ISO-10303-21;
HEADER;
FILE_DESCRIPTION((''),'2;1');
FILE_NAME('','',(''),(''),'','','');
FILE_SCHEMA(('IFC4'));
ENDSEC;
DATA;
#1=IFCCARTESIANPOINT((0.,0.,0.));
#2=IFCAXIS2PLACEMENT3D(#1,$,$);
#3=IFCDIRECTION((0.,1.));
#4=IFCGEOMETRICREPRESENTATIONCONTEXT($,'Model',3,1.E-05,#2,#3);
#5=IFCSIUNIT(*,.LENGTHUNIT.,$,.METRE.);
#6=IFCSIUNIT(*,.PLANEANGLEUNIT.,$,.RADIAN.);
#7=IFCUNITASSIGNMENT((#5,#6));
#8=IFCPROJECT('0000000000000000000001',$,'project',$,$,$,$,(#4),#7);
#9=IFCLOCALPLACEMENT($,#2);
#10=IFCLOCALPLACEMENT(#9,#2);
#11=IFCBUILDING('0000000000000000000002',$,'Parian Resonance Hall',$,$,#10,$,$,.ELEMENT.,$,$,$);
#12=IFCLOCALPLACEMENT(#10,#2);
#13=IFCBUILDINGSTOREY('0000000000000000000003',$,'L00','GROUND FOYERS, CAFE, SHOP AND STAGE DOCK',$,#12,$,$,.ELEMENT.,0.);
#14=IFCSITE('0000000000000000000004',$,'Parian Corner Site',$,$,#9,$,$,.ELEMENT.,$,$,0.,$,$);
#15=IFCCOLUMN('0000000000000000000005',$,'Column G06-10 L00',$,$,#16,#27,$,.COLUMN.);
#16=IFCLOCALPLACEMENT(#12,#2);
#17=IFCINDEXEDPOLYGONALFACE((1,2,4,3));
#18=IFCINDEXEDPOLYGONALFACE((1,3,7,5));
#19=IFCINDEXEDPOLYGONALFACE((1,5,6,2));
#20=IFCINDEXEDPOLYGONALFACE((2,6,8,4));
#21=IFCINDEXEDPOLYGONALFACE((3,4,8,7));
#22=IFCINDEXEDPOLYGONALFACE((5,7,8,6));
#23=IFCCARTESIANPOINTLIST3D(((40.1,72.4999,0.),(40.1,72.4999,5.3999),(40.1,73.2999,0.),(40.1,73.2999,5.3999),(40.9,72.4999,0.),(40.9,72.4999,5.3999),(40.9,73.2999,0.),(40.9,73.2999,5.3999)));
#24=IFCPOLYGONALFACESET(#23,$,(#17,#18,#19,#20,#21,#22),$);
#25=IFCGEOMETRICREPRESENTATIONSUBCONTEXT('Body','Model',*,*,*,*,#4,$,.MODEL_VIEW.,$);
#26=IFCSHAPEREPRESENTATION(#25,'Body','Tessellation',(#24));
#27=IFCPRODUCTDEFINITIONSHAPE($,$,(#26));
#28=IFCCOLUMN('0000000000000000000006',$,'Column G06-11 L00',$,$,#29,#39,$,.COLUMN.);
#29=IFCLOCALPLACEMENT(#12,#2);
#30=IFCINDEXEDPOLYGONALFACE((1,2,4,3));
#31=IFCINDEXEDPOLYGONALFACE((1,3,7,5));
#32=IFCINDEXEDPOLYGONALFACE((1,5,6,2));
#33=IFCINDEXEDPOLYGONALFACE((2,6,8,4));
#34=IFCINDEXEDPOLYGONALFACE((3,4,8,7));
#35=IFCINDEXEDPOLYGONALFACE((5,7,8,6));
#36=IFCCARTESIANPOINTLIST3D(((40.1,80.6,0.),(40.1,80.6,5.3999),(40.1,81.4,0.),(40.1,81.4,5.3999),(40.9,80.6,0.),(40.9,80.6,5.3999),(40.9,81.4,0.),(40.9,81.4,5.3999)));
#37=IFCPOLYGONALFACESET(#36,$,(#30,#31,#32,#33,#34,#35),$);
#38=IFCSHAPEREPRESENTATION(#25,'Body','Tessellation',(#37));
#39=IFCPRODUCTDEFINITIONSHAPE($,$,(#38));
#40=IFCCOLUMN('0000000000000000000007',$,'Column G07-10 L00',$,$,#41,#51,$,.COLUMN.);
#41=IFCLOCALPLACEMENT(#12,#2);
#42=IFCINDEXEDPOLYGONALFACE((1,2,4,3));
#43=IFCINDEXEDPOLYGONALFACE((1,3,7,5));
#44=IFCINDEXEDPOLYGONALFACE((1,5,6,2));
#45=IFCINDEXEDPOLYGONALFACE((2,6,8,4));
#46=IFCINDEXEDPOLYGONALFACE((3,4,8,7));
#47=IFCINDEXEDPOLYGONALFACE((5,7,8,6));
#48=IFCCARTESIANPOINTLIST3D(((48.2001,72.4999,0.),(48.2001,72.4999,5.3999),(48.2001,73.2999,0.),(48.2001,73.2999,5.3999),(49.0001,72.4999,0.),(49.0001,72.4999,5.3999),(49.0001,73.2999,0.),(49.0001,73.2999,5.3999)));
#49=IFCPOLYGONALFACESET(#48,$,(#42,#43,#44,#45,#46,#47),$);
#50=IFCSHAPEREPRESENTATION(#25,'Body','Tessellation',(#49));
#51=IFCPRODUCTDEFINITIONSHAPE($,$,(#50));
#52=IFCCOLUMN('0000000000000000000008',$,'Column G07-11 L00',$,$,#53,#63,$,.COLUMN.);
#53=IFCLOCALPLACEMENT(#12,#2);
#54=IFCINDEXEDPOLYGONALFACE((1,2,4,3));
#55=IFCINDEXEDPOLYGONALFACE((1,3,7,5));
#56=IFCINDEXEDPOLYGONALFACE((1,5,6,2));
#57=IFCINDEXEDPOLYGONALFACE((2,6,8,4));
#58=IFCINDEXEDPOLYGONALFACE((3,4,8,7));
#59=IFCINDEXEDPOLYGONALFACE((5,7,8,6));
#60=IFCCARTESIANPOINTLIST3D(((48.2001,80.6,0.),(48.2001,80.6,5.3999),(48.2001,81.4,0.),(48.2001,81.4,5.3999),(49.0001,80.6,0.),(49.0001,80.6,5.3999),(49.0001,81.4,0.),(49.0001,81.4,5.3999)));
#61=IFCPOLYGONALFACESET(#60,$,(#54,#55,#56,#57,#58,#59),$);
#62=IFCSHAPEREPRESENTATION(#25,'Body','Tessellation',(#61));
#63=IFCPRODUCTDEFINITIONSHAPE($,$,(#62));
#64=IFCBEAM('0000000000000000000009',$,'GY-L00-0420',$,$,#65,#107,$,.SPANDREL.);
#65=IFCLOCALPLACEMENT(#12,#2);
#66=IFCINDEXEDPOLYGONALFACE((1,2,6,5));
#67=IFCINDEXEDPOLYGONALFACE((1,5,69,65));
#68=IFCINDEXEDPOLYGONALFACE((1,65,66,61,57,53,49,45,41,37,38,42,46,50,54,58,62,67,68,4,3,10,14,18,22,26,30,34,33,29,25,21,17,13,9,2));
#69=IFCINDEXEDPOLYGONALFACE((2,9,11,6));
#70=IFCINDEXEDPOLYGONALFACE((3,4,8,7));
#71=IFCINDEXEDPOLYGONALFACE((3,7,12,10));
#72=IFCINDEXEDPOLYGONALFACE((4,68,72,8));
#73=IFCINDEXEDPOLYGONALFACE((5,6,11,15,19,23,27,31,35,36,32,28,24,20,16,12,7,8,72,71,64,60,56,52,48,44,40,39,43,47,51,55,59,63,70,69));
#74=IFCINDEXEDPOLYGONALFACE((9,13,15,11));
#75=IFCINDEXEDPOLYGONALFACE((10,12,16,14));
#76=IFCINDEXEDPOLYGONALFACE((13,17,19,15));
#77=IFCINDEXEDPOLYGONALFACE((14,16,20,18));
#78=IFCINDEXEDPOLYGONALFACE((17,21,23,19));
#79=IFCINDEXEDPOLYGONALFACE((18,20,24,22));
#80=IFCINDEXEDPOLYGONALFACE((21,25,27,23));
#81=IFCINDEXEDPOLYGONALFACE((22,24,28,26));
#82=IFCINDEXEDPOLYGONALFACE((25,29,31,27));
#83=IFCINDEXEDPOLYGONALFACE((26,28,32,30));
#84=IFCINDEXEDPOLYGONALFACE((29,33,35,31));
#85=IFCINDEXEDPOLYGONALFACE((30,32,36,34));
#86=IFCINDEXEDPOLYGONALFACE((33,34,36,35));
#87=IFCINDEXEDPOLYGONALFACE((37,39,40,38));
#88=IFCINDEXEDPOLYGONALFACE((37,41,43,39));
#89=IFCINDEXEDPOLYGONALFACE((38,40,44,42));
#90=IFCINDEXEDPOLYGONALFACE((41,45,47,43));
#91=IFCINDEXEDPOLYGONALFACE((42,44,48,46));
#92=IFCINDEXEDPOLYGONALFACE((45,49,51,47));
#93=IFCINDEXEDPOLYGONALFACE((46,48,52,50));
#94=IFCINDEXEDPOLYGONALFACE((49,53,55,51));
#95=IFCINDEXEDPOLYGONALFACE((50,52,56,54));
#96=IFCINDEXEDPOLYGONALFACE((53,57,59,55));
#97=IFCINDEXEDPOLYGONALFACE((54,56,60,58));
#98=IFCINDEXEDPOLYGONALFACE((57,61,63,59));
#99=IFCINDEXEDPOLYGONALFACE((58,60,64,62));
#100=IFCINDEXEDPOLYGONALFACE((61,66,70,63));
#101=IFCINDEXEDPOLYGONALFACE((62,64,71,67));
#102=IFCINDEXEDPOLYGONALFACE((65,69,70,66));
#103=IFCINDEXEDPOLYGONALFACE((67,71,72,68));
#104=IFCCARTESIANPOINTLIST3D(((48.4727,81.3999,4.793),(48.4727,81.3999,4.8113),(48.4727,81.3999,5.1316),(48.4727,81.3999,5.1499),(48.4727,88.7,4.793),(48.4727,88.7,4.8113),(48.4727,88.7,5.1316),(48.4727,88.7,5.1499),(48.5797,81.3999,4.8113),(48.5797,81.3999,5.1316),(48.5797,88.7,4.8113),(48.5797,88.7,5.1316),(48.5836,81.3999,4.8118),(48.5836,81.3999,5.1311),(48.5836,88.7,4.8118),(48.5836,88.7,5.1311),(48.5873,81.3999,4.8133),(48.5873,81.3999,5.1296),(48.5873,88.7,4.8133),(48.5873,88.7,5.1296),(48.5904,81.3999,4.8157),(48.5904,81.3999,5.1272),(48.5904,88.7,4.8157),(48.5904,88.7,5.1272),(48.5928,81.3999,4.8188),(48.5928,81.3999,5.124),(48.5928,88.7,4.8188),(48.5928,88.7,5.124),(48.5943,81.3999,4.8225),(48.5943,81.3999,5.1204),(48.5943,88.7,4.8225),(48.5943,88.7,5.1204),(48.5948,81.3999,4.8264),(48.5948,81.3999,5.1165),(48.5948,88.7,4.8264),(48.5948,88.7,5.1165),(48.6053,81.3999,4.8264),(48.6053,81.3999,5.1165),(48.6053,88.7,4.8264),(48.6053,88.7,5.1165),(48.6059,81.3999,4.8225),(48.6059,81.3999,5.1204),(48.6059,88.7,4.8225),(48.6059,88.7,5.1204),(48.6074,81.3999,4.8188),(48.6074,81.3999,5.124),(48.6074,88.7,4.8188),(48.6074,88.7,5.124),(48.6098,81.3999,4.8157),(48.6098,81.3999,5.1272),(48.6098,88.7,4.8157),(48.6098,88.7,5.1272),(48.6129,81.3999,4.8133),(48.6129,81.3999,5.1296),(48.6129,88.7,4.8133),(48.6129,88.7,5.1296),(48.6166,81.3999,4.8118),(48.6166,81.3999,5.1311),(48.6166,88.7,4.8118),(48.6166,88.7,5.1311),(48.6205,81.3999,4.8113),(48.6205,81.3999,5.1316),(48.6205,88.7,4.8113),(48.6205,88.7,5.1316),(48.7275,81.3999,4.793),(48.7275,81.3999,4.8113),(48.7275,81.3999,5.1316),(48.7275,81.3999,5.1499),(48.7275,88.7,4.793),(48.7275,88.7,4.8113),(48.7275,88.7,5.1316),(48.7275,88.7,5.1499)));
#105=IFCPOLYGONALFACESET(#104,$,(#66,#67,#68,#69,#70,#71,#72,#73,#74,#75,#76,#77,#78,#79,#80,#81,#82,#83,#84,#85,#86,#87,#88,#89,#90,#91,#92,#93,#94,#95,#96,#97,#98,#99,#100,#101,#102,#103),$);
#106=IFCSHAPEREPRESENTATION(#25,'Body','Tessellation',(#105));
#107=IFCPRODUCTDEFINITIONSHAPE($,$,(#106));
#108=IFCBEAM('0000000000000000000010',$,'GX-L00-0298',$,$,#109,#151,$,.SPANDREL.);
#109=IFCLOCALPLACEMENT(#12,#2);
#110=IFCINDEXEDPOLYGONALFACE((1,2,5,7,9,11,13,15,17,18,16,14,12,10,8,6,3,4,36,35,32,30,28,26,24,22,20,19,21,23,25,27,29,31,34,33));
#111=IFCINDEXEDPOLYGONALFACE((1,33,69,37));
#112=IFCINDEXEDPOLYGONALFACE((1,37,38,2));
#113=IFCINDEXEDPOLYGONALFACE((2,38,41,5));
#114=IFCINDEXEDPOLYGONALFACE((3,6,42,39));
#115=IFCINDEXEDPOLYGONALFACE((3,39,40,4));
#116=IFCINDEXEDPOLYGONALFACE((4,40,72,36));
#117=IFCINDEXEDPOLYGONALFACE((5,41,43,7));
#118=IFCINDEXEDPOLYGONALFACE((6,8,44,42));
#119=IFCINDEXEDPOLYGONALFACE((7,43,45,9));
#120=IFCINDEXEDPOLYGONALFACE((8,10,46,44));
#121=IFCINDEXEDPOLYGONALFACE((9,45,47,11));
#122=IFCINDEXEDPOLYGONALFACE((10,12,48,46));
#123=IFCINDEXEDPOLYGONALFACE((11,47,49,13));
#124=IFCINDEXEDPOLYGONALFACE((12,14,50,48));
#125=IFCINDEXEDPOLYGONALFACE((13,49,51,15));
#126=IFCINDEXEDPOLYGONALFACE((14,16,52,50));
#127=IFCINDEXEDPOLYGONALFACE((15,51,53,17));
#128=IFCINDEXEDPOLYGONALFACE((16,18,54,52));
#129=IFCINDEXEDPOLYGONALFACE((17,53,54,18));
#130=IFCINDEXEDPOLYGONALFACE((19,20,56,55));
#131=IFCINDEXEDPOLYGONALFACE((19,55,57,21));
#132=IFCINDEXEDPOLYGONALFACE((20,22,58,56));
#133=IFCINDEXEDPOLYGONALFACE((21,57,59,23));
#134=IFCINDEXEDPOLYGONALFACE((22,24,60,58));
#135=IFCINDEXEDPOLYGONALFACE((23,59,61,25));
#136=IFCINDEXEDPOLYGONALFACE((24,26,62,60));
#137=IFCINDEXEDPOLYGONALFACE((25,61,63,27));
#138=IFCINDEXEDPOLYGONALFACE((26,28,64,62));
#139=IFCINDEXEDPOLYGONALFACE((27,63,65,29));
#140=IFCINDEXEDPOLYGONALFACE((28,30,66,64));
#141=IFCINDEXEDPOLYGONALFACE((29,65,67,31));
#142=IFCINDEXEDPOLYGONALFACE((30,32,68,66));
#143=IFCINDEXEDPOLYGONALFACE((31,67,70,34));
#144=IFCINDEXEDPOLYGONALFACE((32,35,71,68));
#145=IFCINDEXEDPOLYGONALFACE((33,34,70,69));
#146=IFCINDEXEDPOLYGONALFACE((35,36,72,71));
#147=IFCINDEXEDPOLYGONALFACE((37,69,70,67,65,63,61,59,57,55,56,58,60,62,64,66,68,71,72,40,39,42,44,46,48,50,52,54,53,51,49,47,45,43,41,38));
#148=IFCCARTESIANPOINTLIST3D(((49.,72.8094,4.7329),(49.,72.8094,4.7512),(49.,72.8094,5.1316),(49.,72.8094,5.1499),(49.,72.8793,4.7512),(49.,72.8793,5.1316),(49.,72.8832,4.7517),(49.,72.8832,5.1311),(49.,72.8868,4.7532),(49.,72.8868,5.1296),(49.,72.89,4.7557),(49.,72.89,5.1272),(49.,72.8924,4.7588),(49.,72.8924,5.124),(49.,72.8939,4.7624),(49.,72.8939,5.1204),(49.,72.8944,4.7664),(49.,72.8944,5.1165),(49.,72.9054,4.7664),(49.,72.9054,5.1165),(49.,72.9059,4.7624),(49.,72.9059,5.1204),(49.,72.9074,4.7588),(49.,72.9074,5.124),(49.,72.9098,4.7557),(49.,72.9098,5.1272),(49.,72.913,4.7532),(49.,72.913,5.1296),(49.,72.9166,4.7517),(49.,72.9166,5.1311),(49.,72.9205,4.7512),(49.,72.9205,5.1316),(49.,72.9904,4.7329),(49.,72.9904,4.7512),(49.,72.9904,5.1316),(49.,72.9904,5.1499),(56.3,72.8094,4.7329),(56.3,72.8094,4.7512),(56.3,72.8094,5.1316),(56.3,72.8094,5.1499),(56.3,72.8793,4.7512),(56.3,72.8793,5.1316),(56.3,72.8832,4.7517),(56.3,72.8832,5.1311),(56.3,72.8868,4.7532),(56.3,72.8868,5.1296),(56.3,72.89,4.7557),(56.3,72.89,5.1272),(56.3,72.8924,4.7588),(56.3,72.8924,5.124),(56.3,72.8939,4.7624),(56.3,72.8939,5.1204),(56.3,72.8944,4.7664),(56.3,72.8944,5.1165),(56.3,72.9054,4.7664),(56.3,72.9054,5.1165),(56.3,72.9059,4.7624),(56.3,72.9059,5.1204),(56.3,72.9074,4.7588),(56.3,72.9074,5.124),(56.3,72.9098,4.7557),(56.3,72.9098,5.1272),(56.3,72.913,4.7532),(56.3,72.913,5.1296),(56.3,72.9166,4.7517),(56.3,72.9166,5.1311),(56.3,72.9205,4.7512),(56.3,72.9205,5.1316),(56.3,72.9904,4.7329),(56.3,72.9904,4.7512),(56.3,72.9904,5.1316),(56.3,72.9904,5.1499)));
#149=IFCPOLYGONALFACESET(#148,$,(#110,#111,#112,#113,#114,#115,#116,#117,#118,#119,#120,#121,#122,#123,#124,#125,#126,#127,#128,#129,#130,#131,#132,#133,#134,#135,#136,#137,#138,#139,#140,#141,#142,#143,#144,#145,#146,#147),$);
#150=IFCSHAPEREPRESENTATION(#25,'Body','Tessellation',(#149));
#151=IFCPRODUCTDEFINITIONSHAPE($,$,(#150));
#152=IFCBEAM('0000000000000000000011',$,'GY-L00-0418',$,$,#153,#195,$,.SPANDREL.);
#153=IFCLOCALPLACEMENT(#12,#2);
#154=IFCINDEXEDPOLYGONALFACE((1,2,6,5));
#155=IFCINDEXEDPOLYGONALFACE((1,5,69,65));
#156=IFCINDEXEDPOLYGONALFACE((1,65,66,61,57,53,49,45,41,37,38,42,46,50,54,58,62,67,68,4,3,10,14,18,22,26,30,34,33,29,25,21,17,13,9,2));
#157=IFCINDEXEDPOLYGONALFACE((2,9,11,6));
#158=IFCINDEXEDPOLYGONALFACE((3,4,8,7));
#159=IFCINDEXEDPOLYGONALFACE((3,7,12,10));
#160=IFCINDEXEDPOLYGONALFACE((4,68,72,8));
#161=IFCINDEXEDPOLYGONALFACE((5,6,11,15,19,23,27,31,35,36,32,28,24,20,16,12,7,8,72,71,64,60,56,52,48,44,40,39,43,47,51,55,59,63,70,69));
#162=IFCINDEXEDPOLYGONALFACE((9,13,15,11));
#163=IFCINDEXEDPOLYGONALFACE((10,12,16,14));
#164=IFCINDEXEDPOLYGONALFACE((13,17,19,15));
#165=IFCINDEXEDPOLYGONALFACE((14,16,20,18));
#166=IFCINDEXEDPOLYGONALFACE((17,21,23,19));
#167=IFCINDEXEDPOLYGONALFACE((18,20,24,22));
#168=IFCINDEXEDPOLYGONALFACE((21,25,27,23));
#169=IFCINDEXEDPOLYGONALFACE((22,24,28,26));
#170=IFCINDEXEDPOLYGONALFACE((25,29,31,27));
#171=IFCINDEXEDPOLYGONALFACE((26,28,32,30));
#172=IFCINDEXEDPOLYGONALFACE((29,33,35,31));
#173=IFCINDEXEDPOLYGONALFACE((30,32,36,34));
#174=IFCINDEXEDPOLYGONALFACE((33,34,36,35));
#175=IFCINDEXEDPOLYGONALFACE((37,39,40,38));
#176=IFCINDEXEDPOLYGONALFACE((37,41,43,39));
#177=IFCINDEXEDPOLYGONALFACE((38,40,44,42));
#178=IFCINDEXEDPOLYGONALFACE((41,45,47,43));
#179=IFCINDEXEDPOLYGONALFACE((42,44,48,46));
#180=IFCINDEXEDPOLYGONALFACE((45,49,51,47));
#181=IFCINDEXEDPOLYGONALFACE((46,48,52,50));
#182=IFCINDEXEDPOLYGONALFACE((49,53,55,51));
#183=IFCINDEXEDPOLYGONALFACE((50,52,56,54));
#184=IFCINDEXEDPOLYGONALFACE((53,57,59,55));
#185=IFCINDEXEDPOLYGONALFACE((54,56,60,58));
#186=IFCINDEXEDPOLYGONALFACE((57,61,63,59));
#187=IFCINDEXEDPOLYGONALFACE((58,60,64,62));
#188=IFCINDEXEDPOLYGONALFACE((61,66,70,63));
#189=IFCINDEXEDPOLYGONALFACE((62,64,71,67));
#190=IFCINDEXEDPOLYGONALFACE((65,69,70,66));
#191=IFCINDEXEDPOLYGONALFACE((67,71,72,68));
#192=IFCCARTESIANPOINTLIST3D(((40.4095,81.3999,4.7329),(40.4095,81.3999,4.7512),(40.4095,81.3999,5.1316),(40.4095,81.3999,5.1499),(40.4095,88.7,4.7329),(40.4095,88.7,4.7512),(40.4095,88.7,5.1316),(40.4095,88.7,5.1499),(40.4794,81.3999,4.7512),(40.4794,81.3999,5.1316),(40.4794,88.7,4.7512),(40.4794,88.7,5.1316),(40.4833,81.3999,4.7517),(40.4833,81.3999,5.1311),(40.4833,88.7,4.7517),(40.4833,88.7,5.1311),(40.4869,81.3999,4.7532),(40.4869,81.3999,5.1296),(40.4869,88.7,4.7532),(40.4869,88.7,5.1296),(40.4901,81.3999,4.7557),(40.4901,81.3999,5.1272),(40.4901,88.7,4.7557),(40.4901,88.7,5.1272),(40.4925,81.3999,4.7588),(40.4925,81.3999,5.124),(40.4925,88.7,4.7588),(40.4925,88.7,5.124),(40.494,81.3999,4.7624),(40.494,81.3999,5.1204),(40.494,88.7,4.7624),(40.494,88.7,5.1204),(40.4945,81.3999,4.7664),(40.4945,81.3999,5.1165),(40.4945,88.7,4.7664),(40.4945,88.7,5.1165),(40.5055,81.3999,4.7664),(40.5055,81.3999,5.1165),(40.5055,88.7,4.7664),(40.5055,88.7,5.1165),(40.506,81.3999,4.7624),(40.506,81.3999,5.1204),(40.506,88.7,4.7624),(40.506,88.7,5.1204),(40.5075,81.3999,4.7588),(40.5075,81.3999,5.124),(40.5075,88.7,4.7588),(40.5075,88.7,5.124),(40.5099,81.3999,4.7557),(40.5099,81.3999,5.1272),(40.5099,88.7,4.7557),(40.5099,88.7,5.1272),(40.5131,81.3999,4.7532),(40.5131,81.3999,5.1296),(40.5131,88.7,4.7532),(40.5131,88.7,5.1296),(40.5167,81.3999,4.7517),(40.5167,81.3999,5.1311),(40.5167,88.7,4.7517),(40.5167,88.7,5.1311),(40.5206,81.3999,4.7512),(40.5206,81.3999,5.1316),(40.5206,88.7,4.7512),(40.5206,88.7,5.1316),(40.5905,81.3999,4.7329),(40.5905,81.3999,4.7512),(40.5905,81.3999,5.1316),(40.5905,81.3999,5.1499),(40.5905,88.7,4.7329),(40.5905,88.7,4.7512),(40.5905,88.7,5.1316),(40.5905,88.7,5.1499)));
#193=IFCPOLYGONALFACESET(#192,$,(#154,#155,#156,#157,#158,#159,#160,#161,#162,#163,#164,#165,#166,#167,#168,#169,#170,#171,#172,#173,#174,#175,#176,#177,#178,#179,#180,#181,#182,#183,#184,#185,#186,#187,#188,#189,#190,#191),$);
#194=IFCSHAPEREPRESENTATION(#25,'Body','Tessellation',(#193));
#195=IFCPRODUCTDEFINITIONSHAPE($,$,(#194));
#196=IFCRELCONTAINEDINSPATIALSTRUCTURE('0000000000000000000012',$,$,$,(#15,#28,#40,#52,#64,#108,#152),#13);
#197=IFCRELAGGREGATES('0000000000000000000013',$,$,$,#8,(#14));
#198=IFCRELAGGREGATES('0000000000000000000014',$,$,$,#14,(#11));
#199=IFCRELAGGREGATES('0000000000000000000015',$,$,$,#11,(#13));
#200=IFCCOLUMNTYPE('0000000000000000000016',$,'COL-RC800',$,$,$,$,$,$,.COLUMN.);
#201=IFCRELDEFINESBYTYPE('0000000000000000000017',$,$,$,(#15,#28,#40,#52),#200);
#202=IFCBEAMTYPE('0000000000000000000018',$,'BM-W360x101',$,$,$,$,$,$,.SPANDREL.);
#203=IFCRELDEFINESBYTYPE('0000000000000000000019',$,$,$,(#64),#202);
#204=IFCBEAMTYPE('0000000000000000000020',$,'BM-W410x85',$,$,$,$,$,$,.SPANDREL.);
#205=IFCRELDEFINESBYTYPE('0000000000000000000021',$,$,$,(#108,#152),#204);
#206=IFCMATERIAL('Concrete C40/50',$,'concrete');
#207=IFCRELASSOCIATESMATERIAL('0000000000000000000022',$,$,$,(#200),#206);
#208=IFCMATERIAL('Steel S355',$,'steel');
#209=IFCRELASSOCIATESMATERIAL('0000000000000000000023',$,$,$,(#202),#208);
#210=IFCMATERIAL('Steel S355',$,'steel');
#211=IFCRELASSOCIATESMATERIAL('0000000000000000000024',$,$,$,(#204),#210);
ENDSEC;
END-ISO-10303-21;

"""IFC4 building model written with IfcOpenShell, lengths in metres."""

from ifc_helpers import new_model, si_unit, direction, frame, origin, origin_2d, place, context, subcontext, project, spatial, rectangle, i_section, extrude, material, material_profile, profile_set, type_object, element, save


model = new_model("IFC4")

# Units and contexts
model_context = context("Model", 3, precision=1e-05, world=origin(), true_north=direction((0.0, 1.0)))
body_context = subcontext(model_context, "Body", "Model", "MODEL_VIEW")
ifc_project = project(units=[si_unit("LENGTHUNIT", "METRE"), si_unit("PLANEANGLEUNIT", "RADIAN")], contexts=[model_context])

# Site, building, storey
site_placement = place(None, origin())
site = spatial("IfcSite", under=ifc_project, at=site_placement, Name="Parian Corner Site", CompositionType="ELEMENT", RefElevation=0.0)
building_placement = place(site_placement, origin())
building = spatial("IfcBuilding", under=site, at=building_placement, Name="Parian Resonance Hall", CompositionType="ELEMENT")
storey_placement = place(building_placement, origin())
storey = spatial("IfcBuildingStorey", under=building, at=storey_placement, Name="L00", Description="GROUND FOYERS, CAFE, SHOP AND STAGE DOCK", CompositionType="ELEMENT", Elevation=0.0)

# Columns
ifc_material_1 = material(Name="Concrete C40/50", Category="concrete")
ifc_material_profile_1 = material_profile(ifc_material_1, rectangle(XDim=0.8, YDim=0.8, at=origin_2d()), Name="RC-COL-800x800")
ifc_profile_set_1 = profile_set([ifc_material_profile_1], Name="Concrete C40/50")
column_type = type_object("IfcColumnType", Name="COL-RC800", PredefinedType="COLUMN", material=ifc_profile_set_1)
for number, where, z_axis, x_axis, name in (
    (1, (40.5, 72.8999, 0.0), (0.0, 0.0, 1.0), (1.0, 0.0, 0.0), "Column G06-10 L00"),
    (2, (40.5, 81.0, 0.0), (0.0, 0.0, 1.0), (1.0, 0.0, 0.0), "Column G06-11 L00"),
    (3, (48.6001, 72.8999, 0.0), (0.0, 0.0, 1.0), (1.0, 0.0, 0.0), "Column G07-10 L00"),
    (4, (48.6001, 81.0, 0.0), (0.0, 0.0, 1.0), (1.0, 0.0, 0.0), "Column G07-11 L00"),
):
    element("IfcColumn", number, at=place(storey_placement, frame(where, z_axis=z_axis, x_axis=x_axis)), inside=storey, type_object=column_type, Name=name, PredefinedType="COLUMN", context=body_context, shape_type="SweptSolid", body=[
        extrude(rectangle(XDim=0.8, YDim=0.8, at=origin_2d()), origin(), (0.0, 0.0, 1.0), 5.3999),
    ])

# Beams
ifc_material_2 = material(Name="Steel S355", Category="steel")
ifc_material_profile_2 = material_profile(ifc_material_2, i_section(OverallWidth=0.2549, OverallDepth=0.3569, WebThickness=0.0105, FlangeThickness=0.0183, FilletRadius=0.0151, at=origin_2d()), Name="W360x101")
ifc_profile_set_2 = profile_set([ifc_material_profile_2], Name="Steel S355")
beam_type_1 = type_object("IfcBeamType", Name="BM-W360x101", PredefinedType="SPANDREL", material=ifc_profile_set_2)
beam_1_placement = place(storey_placement, frame((48.6001, 81.3999, 4.9714), z_axis=(0.0, 1.0, 0.0), x_axis=(-1.0, 0.0, 0.0)))
element("IfcBeam", 5, at=beam_1_placement, inside=storey, type_object=beam_type_1, Name="GY-L00-0420", PredefinedType="SPANDREL", context=body_context, shape_type="SweptSolid", body=[
    extrude(i_section(OverallWidth=0.2549, OverallDepth=0.3569, WebThickness=0.0105, FlangeThickness=0.0183, FilletRadius=0.0151, at=origin_2d()), origin(), (0.0, 0.0, 1.0), 7.3),
])
ifc_material_3 = material(Name="Steel S355", Category="steel")
ifc_material_profile_3 = material_profile(ifc_material_3, i_section(OverallWidth=0.1809, OverallDepth=0.417, WebThickness=0.011, FlangeThickness=0.0183, FilletRadius=0.0151, at=origin_2d()), Name="W410x85")
ifc_profile_set_3 = profile_set([ifc_material_profile_3], Name="Steel S355")
beam_type_2 = type_object("IfcBeamType", Name="BM-W410x85", PredefinedType="SPANDREL", material=ifc_profile_set_3)
for number, where, z_axis, x_axis, name in (
    (6, (49.0, 72.8999, 4.9414), (1.0, 0.0, 0.0), (0.0, 1.0, 0.0), "GX-L00-0298"),
    (7, (40.5, 81.3999, 4.9414), (0.0, 1.0, 0.0), (-1.0, 0.0, 0.0), "GY-L00-0418"),
):
    element("IfcBeam", number, at=place(storey_placement, frame(where, z_axis=z_axis, x_axis=x_axis)), inside=storey, type_object=beam_type_2, Name=name, PredefinedType="SPANDREL", context=body_context, shape_type="SweptSolid", body=[
        extrude(i_section(OverallWidth=0.1809, OverallDepth=0.417, WebThickness=0.011, FlangeThickness=0.0183, FilletRadius=0.0151, at=origin_2d()), origin(), (0.0, 0.0, 1.0), 7.3),
    ])

save(model, "model.ifc")
